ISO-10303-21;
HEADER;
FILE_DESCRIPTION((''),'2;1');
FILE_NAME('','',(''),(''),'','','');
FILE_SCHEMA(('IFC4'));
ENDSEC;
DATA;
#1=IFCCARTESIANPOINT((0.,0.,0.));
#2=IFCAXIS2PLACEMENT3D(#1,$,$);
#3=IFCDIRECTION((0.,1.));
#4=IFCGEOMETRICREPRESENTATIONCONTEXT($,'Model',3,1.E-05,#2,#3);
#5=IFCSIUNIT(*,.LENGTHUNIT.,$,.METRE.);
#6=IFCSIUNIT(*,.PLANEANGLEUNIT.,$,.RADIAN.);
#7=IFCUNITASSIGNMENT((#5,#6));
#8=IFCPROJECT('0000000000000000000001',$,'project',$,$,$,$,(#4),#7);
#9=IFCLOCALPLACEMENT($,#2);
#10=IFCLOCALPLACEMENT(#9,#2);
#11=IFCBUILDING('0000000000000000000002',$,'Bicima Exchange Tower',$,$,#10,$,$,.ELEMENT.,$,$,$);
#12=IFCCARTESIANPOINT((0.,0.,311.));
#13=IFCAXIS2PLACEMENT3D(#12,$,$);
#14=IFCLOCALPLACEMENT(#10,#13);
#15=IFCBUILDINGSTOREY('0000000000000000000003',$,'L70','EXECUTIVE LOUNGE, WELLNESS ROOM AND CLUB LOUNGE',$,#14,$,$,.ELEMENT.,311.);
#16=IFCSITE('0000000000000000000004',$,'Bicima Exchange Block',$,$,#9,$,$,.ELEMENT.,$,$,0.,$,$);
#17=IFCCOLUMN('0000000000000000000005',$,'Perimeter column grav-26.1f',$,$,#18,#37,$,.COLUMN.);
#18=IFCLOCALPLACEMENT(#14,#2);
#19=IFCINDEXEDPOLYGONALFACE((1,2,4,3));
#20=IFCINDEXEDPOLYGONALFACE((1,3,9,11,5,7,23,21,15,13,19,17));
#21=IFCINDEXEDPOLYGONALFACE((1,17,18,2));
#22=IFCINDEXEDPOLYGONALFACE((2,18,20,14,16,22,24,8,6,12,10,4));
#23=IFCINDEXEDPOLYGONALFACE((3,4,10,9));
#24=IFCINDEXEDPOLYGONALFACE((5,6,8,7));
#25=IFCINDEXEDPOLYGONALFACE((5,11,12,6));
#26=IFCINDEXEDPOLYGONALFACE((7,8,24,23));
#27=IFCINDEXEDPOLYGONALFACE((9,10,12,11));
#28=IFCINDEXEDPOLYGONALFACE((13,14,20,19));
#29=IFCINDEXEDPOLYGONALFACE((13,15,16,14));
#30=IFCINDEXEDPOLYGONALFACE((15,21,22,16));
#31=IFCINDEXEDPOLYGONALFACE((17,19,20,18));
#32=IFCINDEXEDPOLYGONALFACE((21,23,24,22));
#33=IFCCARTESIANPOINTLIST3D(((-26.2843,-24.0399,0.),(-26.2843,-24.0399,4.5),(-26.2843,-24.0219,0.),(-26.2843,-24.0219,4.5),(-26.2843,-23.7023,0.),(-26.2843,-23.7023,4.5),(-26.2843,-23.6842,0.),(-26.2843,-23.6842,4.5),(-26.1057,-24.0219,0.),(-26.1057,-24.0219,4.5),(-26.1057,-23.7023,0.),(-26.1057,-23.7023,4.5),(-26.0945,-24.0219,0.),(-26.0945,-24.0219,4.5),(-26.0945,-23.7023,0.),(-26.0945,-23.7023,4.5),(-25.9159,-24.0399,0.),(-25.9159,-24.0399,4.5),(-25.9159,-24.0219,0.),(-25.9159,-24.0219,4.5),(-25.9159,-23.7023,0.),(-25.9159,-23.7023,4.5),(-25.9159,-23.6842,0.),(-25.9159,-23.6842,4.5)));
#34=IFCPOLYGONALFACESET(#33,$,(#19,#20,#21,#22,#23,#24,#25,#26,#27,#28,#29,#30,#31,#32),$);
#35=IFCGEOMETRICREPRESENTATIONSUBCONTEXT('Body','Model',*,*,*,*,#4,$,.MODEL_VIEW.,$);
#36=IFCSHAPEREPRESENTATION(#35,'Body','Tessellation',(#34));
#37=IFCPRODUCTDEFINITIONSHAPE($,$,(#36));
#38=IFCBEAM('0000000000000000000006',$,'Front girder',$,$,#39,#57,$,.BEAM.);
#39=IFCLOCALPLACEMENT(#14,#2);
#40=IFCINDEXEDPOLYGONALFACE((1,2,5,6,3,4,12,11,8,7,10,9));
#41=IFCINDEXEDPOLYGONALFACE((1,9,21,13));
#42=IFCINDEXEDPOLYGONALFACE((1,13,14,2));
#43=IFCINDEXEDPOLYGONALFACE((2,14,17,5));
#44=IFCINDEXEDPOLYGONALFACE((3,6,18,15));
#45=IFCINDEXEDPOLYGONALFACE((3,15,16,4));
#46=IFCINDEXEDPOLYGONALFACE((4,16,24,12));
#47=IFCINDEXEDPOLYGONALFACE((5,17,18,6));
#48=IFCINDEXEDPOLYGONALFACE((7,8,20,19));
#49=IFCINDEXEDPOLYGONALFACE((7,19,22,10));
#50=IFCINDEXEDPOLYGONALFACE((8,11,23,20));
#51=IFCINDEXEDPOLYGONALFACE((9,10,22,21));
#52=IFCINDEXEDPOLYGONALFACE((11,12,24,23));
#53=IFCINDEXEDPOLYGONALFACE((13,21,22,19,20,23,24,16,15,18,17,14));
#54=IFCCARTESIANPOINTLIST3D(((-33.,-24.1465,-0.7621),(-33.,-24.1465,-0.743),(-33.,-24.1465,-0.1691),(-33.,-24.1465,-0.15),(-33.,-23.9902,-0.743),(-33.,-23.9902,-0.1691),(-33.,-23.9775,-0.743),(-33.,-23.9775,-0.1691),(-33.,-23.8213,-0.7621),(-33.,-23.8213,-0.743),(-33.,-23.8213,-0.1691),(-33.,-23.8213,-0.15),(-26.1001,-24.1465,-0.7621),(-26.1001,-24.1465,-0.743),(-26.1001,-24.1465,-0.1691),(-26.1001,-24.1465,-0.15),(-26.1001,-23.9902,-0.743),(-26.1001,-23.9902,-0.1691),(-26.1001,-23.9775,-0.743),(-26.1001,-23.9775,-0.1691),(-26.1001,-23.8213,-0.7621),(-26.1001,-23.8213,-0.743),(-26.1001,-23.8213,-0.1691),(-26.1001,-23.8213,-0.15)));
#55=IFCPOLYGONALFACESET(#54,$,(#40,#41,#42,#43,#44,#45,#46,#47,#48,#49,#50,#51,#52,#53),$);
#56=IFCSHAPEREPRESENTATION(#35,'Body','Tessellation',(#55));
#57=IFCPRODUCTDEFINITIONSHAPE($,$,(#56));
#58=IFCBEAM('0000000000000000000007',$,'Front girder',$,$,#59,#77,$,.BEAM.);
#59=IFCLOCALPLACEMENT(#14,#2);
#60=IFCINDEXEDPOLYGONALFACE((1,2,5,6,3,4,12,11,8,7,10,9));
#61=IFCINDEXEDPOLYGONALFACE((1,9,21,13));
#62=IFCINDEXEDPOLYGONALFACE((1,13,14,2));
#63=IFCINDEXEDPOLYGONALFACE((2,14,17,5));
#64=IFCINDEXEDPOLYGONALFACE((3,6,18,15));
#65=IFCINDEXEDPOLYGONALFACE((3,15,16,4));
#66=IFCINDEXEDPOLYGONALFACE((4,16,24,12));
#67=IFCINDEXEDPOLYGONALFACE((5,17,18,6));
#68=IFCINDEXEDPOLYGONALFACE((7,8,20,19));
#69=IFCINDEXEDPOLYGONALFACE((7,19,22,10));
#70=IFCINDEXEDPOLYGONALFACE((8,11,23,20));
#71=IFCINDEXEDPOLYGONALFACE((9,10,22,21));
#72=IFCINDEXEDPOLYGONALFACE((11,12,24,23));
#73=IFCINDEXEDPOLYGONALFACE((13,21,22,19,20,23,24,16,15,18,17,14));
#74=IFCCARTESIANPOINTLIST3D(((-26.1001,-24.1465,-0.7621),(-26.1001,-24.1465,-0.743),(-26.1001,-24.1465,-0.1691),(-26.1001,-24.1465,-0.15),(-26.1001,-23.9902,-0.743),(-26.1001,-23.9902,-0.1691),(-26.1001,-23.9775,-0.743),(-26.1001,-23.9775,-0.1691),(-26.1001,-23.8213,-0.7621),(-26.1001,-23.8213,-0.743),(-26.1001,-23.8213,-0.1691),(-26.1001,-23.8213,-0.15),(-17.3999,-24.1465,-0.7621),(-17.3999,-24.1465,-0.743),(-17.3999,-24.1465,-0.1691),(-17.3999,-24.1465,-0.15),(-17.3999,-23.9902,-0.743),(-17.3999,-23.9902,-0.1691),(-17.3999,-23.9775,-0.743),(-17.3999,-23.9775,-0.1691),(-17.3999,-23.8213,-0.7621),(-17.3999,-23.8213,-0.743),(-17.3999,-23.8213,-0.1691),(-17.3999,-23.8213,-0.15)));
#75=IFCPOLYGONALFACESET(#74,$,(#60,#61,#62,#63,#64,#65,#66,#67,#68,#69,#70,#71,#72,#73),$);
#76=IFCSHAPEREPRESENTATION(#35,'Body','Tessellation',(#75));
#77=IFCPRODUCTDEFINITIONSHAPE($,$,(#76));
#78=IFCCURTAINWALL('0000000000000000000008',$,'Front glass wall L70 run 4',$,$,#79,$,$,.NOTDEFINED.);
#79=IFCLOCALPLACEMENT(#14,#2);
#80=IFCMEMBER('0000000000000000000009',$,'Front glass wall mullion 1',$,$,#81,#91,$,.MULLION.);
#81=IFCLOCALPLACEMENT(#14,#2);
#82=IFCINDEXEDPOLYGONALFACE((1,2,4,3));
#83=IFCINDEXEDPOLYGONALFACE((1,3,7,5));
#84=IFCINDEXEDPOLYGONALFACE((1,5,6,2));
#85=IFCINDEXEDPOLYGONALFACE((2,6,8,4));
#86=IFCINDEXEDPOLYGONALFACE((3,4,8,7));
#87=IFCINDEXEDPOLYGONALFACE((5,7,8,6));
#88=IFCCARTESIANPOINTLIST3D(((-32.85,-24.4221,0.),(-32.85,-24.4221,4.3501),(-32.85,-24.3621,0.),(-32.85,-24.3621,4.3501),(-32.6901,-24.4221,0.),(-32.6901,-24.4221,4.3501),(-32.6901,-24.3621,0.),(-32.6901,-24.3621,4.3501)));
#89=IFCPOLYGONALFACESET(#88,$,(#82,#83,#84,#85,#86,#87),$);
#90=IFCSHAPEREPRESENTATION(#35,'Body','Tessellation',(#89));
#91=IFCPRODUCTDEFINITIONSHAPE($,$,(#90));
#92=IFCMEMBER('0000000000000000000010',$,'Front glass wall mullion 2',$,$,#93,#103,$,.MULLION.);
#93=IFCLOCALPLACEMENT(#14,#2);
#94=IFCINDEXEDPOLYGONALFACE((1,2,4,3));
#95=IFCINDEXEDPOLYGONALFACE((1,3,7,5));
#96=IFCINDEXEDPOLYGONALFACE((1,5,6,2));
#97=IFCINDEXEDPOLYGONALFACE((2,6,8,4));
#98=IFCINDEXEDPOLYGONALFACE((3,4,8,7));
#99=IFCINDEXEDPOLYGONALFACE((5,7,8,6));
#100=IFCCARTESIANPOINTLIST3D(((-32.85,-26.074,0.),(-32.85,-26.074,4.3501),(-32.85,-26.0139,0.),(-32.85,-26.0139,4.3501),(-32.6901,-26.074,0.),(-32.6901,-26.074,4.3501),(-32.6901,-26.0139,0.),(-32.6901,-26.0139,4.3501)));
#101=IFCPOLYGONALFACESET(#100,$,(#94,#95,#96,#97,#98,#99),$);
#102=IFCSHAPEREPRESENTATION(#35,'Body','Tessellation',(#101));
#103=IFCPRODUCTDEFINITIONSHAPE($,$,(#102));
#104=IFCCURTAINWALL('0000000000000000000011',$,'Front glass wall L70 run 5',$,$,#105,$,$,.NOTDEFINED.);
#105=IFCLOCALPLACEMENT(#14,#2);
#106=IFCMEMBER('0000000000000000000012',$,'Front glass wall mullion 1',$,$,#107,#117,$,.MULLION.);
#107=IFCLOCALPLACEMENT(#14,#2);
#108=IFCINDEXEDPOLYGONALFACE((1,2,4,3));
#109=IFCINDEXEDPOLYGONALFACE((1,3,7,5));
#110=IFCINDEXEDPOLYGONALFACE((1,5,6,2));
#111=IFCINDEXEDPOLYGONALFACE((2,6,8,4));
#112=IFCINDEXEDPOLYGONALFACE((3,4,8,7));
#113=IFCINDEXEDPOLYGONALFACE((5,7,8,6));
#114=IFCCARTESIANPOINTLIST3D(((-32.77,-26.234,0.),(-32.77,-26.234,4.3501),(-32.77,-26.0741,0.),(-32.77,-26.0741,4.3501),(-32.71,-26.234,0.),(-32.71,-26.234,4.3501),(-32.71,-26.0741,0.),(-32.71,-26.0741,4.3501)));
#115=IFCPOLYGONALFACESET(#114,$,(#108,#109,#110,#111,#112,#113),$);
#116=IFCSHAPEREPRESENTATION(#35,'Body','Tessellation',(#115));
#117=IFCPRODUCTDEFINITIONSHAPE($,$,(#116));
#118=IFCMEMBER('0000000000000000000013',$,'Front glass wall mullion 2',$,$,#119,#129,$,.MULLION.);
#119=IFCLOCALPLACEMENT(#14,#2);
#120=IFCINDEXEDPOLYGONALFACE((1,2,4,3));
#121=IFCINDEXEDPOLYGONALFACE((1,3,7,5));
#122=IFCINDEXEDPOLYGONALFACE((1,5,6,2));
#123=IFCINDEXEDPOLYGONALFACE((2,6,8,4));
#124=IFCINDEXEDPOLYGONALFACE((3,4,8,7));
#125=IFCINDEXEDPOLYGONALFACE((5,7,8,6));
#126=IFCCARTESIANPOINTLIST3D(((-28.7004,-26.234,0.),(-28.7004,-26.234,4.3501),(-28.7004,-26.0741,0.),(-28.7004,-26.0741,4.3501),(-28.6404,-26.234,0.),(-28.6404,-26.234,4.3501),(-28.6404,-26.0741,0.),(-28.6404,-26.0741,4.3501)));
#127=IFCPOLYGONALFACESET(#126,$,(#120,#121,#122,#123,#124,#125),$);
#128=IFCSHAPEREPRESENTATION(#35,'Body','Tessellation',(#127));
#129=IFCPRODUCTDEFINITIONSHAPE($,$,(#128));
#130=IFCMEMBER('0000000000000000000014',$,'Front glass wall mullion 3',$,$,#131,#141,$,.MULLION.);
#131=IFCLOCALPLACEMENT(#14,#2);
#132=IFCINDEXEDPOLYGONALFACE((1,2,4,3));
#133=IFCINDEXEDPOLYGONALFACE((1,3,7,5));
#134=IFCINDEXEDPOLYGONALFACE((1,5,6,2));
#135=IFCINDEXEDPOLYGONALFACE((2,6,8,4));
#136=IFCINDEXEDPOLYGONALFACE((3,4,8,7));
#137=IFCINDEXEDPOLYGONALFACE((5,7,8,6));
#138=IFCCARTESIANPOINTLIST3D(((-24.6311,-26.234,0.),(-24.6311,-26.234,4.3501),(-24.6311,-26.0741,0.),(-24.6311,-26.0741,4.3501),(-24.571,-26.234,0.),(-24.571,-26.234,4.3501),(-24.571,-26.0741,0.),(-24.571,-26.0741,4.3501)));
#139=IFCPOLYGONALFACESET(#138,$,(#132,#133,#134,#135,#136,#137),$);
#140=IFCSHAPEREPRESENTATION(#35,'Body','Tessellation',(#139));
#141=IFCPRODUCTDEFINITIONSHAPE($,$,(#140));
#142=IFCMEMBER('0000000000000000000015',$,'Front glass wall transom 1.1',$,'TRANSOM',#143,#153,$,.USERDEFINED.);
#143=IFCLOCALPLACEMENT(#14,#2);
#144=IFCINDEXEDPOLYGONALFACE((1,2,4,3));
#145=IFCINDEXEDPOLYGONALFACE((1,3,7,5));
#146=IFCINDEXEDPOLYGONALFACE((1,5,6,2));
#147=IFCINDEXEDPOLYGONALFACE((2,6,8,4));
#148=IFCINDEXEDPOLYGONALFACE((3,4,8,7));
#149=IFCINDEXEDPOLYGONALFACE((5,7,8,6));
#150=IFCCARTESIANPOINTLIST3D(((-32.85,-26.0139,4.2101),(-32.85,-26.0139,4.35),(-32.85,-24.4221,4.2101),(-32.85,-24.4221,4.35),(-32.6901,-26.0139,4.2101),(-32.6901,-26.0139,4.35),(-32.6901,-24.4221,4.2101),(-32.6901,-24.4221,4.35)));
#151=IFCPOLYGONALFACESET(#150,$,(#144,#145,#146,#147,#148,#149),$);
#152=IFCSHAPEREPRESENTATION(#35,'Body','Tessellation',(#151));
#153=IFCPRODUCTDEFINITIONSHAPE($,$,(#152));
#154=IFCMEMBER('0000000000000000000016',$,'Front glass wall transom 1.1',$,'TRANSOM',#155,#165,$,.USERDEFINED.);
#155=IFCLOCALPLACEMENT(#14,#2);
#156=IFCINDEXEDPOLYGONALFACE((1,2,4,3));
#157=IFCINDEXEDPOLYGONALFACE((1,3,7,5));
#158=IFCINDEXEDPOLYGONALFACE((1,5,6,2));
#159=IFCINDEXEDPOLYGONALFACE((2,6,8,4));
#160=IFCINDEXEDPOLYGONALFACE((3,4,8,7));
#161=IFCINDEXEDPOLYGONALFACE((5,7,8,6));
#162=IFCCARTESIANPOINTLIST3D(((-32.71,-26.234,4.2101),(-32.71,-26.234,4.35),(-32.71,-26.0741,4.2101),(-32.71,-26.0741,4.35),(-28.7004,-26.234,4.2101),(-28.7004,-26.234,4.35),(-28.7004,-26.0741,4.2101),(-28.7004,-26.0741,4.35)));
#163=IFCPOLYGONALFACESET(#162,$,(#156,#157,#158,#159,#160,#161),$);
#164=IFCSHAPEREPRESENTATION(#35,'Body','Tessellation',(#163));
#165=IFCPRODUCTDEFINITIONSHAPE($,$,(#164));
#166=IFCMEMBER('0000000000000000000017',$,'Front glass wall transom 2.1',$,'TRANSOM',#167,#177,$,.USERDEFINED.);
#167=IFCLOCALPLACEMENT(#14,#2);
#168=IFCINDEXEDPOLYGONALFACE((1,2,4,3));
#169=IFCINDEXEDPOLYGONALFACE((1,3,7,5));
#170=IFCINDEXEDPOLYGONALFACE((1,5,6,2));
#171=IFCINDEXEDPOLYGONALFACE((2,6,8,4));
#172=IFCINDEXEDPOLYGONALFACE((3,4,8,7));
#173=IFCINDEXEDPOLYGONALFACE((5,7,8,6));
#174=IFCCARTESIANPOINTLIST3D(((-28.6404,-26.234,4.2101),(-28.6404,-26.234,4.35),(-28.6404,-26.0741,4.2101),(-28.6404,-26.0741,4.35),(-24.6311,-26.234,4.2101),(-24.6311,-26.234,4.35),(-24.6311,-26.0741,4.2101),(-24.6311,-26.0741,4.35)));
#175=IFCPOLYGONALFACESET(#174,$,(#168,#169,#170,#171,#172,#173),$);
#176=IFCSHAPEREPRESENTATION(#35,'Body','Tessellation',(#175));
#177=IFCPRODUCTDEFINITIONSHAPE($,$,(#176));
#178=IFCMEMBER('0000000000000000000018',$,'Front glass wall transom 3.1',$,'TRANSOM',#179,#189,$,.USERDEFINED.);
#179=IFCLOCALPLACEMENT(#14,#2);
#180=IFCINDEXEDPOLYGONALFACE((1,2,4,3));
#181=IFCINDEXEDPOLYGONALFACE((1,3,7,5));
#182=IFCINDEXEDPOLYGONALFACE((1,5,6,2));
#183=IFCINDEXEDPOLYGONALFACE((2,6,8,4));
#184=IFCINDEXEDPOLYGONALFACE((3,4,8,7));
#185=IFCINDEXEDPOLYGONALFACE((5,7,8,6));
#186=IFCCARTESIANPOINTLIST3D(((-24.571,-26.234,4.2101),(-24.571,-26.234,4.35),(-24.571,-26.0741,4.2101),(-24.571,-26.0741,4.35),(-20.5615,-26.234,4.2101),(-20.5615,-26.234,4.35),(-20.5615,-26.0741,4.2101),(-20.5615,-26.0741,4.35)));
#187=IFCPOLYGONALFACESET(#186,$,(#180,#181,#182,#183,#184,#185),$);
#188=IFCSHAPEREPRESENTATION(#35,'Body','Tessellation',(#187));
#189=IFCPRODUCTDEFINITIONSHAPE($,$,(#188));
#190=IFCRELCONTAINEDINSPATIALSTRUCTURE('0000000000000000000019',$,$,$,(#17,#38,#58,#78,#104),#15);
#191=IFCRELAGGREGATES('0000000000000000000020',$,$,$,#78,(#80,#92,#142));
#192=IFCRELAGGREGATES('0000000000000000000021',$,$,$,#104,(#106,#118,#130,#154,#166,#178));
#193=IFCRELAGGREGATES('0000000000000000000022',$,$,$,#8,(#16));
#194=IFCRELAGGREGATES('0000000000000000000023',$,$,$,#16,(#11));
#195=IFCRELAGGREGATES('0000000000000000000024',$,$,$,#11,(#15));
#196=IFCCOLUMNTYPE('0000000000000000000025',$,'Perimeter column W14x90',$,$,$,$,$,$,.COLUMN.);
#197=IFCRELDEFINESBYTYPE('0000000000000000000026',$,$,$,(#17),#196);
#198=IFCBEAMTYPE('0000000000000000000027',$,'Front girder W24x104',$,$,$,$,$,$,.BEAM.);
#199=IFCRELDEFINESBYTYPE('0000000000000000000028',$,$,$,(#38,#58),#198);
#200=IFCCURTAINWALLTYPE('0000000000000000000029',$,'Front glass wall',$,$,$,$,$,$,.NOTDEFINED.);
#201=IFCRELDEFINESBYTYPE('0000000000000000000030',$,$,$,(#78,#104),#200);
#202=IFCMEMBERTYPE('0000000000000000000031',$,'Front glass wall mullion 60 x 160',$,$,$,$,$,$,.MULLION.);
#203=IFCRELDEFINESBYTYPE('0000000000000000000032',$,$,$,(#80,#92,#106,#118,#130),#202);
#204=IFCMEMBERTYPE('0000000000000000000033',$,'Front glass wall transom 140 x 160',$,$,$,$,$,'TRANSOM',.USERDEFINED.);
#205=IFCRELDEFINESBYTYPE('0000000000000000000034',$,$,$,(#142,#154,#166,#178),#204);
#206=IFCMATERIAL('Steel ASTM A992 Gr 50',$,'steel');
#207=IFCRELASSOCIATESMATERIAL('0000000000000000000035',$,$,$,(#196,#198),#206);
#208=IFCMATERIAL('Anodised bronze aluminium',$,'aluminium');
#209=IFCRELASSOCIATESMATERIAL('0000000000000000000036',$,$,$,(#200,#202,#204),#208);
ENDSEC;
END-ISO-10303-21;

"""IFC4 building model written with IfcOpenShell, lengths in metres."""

from ifc_helpers import new_model, si_unit, direction, frame, origin, origin_2d, place, context, subcontext, project, spatial, rectangle, i_section, extrude, material, material_profile, profile_set, type_object, element, aggregate, save


model = new_model("IFC4")

# Units and contexts
model_context = context("Model", 3, precision=1e-05, world=origin(), true_north=direction((0.0, 1.0)))
body_context = subcontext(model_context, "Body", "Model", "MODEL_VIEW")
ifc_project = project(units=[si_unit("LENGTHUNIT", "METRE"), si_unit("PLANEANGLEUNIT", "RADIAN")], contexts=[model_context])

# Site, building, storey
site_placement = place(None, origin())
site = spatial("IfcSite", under=ifc_project, at=site_placement, Name="Bicima Exchange Block", CompositionType="ELEMENT", RefElevation=0.0)
building_placement = place(site_placement, origin())
building = spatial("IfcBuilding", under=site, at=building_placement, Name="Bicima Exchange Tower", CompositionType="ELEMENT")
storey_placement = place(building_placement, frame((0.0, 0.0, 311.0)))
storey = spatial("IfcBuildingStorey", under=building, at=storey_placement, Name="L70", Description="EXECUTIVE LOUNGE, WELLNESS ROOM AND CLUB LOUNGE", CompositionType="ELEMENT", Elevation=311.0)

# Column
ifc_material_1 = material(Name="Steel ASTM A992 Gr 50", Category="steel")
ifc_material_profile_1 = material_profile(ifc_material_1, i_section(OverallWidth=0.3684, OverallDepth=0.3557, WebThickness=0.0112, FlangeThickness=0.0181, at=origin_2d()))
ifc_profile_set_1 = profile_set([ifc_material_profile_1], Name="Steel ASTM A992 Gr 50")
column_type = type_object("IfcColumnType", Name="Perimeter column W14x90", PredefinedType="COLUMN", material=ifc_profile_set_1)
column_placement = place(storey_placement, frame((-26.1001, -23.8621, 0.0), z_axis=(0.0, 0.0, 1.0), x_axis=(1.0, 0.0, 0.0)))
element("IfcColumn", 1, at=column_placement, inside=storey, type_object=column_type, Name="Perimeter column grav-26.1f", PredefinedType="COLUMN", context=body_context, shape_type="SweptSolid", body=[
    extrude(i_section(OverallWidth=0.3684, OverallDepth=0.3557, WebThickness=0.0112, FlangeThickness=0.0181, at=origin_2d()), origin(), (0.0, 0.0, 1.0), 4.5),
])

# Beams
ifc_material_profile_2 = material_profile(ifc_material_1, i_section(OverallWidth=0.3252, OverallDepth=0.6121, WebThickness=0.0127, FlangeThickness=0.019, at=origin_2d()))
ifc_profile_set_2 = profile_set([ifc_material_profile_2], Name="Steel ASTM A992 Gr 50")
beam_type = type_object("IfcBeamType", Name="Front girder W24x104", PredefinedType="BEAM", material=ifc_profile_set_2)
beam_1_placement = place(storey_placement, frame((-33.0, -23.9839, -0.4561), z_axis=(1.0, 0.0, 0.0), x_axis=(0.0, 1.0, 0.0)))
element("IfcBeam", 2, at=beam_1_placement, inside=storey, type_object=beam_type, Name="Front girder", PredefinedType="BEAM", context=body_context, shape_type="SweptSolid", body=[
    extrude(i_section(OverallWidth=0.3252, OverallDepth=0.6121, WebThickness=0.0127, FlangeThickness=0.019, at=origin_2d()), origin(), (0.0, 0.0, 1.0), 6.8999),
])
beam_2_placement = place(storey_placement, frame((-26.1001, -23.9839, -0.4561), z_axis=(1.0, 0.0, 0.0), x_axis=(0.0, 1.0, 0.0)))
element("IfcBeam", 3, at=beam_2_placement, inside=storey, type_object=beam_type, Name="Front girder", PredefinedType="BEAM", context=body_context, shape_type="SweptSolid", body=[
    extrude(i_section(OverallWidth=0.3252, OverallDepth=0.6121, WebThickness=0.0127, FlangeThickness=0.019, at=origin_2d()), origin(), (0.0, 0.0, 1.0), 8.7002),
])

# Curtain walls, members
ifc_material_2 = material(Name="Anodised bronze aluminium", Category="aluminium")
curtain_wall_type = type_object("IfcCurtainWallType", Name="Front glass wall", PredefinedType="NOTDEFINED", material=ifc_material_2)
curtain_wall_1_placement = place(storey_placement, origin())
curtain_wall_1 = element("IfcCurtainWall", 4, at=curtain_wall_1_placement, inside=storey, type_object=curtain_wall_type, Name="Front glass wall L70 run 4", PredefinedType="NOTDEFINED")
ifc_material_profile_3 = material_profile(ifc_material_2, rectangle(XDim=0.1599, YDim=0.0601, at=origin_2d()))
ifc_profile_set_3 = profile_set([ifc_material_profile_3], Name="Anodised bronze aluminium")
member_type_1 = type_object("IfcMemberType", Name="Front glass wall mullion 60 x 160", PredefinedType="MULLION", material=ifc_profile_set_3)
member_1_placement = place(storey_placement, frame((-32.77, -24.3921, 0.0), z_axis=(0.0, 0.0, 1.0), x_axis=(1.0, 0.0, 0.0)))
member_1 = element("IfcMember", 5, at=member_1_placement, type_object=member_type_1, Name="Front glass wall mullion 1", PredefinedType="MULLION", context=body_context, shape_type="SweptSolid", body=[
    extrude(rectangle(XDim=0.1599, YDim=0.0601, at=origin_2d()), origin(), (0.0, 0.0, 1.0), 4.3501),
])
member_2_placement = place(storey_placement, frame((-32.77, -26.0439, 0.0), z_axis=(0.0, 0.0, 1.0), x_axis=(1.0, 0.0, 0.0)))
member_2 = element("IfcMember", 6, at=member_2_placement, type_object=member_type_1, Name="Front glass wall mullion 2", PredefinedType="MULLION", context=body_context, shape_type="SweptSolid", body=[
    extrude(rectangle(XDim=0.1599, YDim=0.0601, at=origin_2d()), origin(), (0.0, 0.0, 1.0), 4.3501),
])
curtain_wall_2_placement = place(storey_placement, origin())
curtain_wall_2 = element("IfcCurtainWall", 7, at=curtain_wall_2_placement, inside=storey, type_object=curtain_wall_type, Name="Front glass wall L70 run 5", PredefinedType="NOTDEFINED")
member_3_placement = place(storey_placement, frame((-32.74, -26.1541, 0.0), z_axis=(0.0, 0.0, 1.0), x_axis=(0.0, 1.0, 0.0)))
member_3 = element("IfcMember", 8, at=member_3_placement, type_object=member_type_1, Name="Front glass wall mullion 1", PredefinedType="MULLION", context=body_context, shape_type="SweptSolid", body=[
    extrude(rectangle(XDim=0.1599, YDim=0.0601, at=origin_2d()), origin(), (0.0, 0.0, 1.0), 4.3501),
])
member_4_placement = place(storey_placement, frame((-28.6704, -26.1541, 0.0), z_axis=(0.0, 0.0, 1.0), x_axis=(0.0, 1.0, 0.0)))
member_4 = element("IfcMember", 9, at=member_4_placement, type_object=member_type_1, Name="Front glass wall mullion 2", PredefinedType="MULLION", context=body_context, shape_type="SweptSolid", body=[
    extrude(rectangle(XDim=0.1599, YDim=0.0601, at=origin_2d()), origin(), (0.0, 0.0, 1.0), 4.3501),
])
member_5_placement = place(storey_placement, frame((-24.6011, -26.1541, 0.0), z_axis=(0.0, 0.0, 1.0), x_axis=(0.0, 1.0, 0.0)))
member_5 = element("IfcMember", 10, at=member_5_placement, type_object=member_type_1, Name="Front glass wall mullion 3", PredefinedType="MULLION", context=body_context, shape_type="SweptSolid", body=[
    extrude(rectangle(XDim=0.1599, YDim=0.0601, at=origin_2d()), origin(), (0.0, 0.0, 1.0), 4.3501),
])

# Members
ifc_material_profile_4 = material_profile(ifc_material_2, rectangle(XDim=0.1599, YDim=0.1399, at=origin_2d()))
ifc_profile_set_4 = profile_set([ifc_material_profile_4], Name="Anodised bronze aluminium")
member_type_2 = type_object("IfcMemberType", Name="Front glass wall transom 140 x 160", ElementType="TRANSOM", PredefinedType="USERDEFINED", material=ifc_profile_set_4)
member_6_placement = place(storey_placement, frame((-32.77, -24.4221, 4.28), z_axis=(0.0, -1.0, 0.0), x_axis=(1.0, 0.0, 0.0)))
member_6 = element("IfcMember", 11, at=member_6_placement, type_object=member_type_2, Name="Front glass wall transom 1.1", ObjectType="TRANSOM", PredefinedType="USERDEFINED", context=body_context, shape_type="SweptSolid", body=[
    extrude(rectangle(XDim=0.1599, YDim=0.1399, at=origin_2d()), origin(), (0.0, 0.0, 1.0), 1.5918),
])
member_7_placement = place(storey_placement, frame((-32.71, -26.1541, 4.28), z_axis=(1.0, 0.0, 0.0), x_axis=(0.0, 1.0, 0.0)))
member_7 = element("IfcMember", 12, at=member_7_placement, type_object=member_type_2, Name="Front glass wall transom 1.1", ObjectType="TRANSOM", PredefinedType="USERDEFINED", context=body_context, shape_type="SweptSolid", body=[
    extrude(rectangle(XDim=0.1599, YDim=0.1399, at=origin_2d()), origin(), (0.0, 0.0, 1.0), 4.0095),
])
member_8_placement = place(storey_placement, frame((-28.6404, -26.1541, 4.28), z_axis=(1.0, 0.0, 0.0), x_axis=(0.0, 1.0, 0.0)))
member_8 = element("IfcMember", 13, at=member_8_placement, type_object=member_type_2, Name="Front glass wall transom 2.1", ObjectType="TRANSOM", PredefinedType="USERDEFINED", context=body_context, shape_type="SweptSolid", body=[
    extrude(rectangle(XDim=0.1599, YDim=0.1399, at=origin_2d()), origin(), (0.0, 0.0, 1.0), 4.0093),
])
member_9_placement = place(storey_placement, frame((-24.571, -26.1541, 4.28), z_axis=(1.0, 0.0, 0.0), x_axis=(0.0, 1.0, 0.0)))
member_9 = element("IfcMember", 14, at=member_9_placement, type_object=member_type_2, Name="Front glass wall transom 3.1", ObjectType="TRANSOM", PredefinedType="USERDEFINED", context=body_context, shape_type="SweptSolid", body=[
    extrude(rectangle(XDim=0.1599, YDim=0.1399, at=origin_2d()), origin(), (0.0, 0.0, 1.0), 4.0095),
])

aggregate(curtain_wall_1, [member_1, member_2, member_6])
aggregate(curtain_wall_2, [member_3, member_4, member_5, member_7, member_8, member_9])

save(model, "model.ifc")
